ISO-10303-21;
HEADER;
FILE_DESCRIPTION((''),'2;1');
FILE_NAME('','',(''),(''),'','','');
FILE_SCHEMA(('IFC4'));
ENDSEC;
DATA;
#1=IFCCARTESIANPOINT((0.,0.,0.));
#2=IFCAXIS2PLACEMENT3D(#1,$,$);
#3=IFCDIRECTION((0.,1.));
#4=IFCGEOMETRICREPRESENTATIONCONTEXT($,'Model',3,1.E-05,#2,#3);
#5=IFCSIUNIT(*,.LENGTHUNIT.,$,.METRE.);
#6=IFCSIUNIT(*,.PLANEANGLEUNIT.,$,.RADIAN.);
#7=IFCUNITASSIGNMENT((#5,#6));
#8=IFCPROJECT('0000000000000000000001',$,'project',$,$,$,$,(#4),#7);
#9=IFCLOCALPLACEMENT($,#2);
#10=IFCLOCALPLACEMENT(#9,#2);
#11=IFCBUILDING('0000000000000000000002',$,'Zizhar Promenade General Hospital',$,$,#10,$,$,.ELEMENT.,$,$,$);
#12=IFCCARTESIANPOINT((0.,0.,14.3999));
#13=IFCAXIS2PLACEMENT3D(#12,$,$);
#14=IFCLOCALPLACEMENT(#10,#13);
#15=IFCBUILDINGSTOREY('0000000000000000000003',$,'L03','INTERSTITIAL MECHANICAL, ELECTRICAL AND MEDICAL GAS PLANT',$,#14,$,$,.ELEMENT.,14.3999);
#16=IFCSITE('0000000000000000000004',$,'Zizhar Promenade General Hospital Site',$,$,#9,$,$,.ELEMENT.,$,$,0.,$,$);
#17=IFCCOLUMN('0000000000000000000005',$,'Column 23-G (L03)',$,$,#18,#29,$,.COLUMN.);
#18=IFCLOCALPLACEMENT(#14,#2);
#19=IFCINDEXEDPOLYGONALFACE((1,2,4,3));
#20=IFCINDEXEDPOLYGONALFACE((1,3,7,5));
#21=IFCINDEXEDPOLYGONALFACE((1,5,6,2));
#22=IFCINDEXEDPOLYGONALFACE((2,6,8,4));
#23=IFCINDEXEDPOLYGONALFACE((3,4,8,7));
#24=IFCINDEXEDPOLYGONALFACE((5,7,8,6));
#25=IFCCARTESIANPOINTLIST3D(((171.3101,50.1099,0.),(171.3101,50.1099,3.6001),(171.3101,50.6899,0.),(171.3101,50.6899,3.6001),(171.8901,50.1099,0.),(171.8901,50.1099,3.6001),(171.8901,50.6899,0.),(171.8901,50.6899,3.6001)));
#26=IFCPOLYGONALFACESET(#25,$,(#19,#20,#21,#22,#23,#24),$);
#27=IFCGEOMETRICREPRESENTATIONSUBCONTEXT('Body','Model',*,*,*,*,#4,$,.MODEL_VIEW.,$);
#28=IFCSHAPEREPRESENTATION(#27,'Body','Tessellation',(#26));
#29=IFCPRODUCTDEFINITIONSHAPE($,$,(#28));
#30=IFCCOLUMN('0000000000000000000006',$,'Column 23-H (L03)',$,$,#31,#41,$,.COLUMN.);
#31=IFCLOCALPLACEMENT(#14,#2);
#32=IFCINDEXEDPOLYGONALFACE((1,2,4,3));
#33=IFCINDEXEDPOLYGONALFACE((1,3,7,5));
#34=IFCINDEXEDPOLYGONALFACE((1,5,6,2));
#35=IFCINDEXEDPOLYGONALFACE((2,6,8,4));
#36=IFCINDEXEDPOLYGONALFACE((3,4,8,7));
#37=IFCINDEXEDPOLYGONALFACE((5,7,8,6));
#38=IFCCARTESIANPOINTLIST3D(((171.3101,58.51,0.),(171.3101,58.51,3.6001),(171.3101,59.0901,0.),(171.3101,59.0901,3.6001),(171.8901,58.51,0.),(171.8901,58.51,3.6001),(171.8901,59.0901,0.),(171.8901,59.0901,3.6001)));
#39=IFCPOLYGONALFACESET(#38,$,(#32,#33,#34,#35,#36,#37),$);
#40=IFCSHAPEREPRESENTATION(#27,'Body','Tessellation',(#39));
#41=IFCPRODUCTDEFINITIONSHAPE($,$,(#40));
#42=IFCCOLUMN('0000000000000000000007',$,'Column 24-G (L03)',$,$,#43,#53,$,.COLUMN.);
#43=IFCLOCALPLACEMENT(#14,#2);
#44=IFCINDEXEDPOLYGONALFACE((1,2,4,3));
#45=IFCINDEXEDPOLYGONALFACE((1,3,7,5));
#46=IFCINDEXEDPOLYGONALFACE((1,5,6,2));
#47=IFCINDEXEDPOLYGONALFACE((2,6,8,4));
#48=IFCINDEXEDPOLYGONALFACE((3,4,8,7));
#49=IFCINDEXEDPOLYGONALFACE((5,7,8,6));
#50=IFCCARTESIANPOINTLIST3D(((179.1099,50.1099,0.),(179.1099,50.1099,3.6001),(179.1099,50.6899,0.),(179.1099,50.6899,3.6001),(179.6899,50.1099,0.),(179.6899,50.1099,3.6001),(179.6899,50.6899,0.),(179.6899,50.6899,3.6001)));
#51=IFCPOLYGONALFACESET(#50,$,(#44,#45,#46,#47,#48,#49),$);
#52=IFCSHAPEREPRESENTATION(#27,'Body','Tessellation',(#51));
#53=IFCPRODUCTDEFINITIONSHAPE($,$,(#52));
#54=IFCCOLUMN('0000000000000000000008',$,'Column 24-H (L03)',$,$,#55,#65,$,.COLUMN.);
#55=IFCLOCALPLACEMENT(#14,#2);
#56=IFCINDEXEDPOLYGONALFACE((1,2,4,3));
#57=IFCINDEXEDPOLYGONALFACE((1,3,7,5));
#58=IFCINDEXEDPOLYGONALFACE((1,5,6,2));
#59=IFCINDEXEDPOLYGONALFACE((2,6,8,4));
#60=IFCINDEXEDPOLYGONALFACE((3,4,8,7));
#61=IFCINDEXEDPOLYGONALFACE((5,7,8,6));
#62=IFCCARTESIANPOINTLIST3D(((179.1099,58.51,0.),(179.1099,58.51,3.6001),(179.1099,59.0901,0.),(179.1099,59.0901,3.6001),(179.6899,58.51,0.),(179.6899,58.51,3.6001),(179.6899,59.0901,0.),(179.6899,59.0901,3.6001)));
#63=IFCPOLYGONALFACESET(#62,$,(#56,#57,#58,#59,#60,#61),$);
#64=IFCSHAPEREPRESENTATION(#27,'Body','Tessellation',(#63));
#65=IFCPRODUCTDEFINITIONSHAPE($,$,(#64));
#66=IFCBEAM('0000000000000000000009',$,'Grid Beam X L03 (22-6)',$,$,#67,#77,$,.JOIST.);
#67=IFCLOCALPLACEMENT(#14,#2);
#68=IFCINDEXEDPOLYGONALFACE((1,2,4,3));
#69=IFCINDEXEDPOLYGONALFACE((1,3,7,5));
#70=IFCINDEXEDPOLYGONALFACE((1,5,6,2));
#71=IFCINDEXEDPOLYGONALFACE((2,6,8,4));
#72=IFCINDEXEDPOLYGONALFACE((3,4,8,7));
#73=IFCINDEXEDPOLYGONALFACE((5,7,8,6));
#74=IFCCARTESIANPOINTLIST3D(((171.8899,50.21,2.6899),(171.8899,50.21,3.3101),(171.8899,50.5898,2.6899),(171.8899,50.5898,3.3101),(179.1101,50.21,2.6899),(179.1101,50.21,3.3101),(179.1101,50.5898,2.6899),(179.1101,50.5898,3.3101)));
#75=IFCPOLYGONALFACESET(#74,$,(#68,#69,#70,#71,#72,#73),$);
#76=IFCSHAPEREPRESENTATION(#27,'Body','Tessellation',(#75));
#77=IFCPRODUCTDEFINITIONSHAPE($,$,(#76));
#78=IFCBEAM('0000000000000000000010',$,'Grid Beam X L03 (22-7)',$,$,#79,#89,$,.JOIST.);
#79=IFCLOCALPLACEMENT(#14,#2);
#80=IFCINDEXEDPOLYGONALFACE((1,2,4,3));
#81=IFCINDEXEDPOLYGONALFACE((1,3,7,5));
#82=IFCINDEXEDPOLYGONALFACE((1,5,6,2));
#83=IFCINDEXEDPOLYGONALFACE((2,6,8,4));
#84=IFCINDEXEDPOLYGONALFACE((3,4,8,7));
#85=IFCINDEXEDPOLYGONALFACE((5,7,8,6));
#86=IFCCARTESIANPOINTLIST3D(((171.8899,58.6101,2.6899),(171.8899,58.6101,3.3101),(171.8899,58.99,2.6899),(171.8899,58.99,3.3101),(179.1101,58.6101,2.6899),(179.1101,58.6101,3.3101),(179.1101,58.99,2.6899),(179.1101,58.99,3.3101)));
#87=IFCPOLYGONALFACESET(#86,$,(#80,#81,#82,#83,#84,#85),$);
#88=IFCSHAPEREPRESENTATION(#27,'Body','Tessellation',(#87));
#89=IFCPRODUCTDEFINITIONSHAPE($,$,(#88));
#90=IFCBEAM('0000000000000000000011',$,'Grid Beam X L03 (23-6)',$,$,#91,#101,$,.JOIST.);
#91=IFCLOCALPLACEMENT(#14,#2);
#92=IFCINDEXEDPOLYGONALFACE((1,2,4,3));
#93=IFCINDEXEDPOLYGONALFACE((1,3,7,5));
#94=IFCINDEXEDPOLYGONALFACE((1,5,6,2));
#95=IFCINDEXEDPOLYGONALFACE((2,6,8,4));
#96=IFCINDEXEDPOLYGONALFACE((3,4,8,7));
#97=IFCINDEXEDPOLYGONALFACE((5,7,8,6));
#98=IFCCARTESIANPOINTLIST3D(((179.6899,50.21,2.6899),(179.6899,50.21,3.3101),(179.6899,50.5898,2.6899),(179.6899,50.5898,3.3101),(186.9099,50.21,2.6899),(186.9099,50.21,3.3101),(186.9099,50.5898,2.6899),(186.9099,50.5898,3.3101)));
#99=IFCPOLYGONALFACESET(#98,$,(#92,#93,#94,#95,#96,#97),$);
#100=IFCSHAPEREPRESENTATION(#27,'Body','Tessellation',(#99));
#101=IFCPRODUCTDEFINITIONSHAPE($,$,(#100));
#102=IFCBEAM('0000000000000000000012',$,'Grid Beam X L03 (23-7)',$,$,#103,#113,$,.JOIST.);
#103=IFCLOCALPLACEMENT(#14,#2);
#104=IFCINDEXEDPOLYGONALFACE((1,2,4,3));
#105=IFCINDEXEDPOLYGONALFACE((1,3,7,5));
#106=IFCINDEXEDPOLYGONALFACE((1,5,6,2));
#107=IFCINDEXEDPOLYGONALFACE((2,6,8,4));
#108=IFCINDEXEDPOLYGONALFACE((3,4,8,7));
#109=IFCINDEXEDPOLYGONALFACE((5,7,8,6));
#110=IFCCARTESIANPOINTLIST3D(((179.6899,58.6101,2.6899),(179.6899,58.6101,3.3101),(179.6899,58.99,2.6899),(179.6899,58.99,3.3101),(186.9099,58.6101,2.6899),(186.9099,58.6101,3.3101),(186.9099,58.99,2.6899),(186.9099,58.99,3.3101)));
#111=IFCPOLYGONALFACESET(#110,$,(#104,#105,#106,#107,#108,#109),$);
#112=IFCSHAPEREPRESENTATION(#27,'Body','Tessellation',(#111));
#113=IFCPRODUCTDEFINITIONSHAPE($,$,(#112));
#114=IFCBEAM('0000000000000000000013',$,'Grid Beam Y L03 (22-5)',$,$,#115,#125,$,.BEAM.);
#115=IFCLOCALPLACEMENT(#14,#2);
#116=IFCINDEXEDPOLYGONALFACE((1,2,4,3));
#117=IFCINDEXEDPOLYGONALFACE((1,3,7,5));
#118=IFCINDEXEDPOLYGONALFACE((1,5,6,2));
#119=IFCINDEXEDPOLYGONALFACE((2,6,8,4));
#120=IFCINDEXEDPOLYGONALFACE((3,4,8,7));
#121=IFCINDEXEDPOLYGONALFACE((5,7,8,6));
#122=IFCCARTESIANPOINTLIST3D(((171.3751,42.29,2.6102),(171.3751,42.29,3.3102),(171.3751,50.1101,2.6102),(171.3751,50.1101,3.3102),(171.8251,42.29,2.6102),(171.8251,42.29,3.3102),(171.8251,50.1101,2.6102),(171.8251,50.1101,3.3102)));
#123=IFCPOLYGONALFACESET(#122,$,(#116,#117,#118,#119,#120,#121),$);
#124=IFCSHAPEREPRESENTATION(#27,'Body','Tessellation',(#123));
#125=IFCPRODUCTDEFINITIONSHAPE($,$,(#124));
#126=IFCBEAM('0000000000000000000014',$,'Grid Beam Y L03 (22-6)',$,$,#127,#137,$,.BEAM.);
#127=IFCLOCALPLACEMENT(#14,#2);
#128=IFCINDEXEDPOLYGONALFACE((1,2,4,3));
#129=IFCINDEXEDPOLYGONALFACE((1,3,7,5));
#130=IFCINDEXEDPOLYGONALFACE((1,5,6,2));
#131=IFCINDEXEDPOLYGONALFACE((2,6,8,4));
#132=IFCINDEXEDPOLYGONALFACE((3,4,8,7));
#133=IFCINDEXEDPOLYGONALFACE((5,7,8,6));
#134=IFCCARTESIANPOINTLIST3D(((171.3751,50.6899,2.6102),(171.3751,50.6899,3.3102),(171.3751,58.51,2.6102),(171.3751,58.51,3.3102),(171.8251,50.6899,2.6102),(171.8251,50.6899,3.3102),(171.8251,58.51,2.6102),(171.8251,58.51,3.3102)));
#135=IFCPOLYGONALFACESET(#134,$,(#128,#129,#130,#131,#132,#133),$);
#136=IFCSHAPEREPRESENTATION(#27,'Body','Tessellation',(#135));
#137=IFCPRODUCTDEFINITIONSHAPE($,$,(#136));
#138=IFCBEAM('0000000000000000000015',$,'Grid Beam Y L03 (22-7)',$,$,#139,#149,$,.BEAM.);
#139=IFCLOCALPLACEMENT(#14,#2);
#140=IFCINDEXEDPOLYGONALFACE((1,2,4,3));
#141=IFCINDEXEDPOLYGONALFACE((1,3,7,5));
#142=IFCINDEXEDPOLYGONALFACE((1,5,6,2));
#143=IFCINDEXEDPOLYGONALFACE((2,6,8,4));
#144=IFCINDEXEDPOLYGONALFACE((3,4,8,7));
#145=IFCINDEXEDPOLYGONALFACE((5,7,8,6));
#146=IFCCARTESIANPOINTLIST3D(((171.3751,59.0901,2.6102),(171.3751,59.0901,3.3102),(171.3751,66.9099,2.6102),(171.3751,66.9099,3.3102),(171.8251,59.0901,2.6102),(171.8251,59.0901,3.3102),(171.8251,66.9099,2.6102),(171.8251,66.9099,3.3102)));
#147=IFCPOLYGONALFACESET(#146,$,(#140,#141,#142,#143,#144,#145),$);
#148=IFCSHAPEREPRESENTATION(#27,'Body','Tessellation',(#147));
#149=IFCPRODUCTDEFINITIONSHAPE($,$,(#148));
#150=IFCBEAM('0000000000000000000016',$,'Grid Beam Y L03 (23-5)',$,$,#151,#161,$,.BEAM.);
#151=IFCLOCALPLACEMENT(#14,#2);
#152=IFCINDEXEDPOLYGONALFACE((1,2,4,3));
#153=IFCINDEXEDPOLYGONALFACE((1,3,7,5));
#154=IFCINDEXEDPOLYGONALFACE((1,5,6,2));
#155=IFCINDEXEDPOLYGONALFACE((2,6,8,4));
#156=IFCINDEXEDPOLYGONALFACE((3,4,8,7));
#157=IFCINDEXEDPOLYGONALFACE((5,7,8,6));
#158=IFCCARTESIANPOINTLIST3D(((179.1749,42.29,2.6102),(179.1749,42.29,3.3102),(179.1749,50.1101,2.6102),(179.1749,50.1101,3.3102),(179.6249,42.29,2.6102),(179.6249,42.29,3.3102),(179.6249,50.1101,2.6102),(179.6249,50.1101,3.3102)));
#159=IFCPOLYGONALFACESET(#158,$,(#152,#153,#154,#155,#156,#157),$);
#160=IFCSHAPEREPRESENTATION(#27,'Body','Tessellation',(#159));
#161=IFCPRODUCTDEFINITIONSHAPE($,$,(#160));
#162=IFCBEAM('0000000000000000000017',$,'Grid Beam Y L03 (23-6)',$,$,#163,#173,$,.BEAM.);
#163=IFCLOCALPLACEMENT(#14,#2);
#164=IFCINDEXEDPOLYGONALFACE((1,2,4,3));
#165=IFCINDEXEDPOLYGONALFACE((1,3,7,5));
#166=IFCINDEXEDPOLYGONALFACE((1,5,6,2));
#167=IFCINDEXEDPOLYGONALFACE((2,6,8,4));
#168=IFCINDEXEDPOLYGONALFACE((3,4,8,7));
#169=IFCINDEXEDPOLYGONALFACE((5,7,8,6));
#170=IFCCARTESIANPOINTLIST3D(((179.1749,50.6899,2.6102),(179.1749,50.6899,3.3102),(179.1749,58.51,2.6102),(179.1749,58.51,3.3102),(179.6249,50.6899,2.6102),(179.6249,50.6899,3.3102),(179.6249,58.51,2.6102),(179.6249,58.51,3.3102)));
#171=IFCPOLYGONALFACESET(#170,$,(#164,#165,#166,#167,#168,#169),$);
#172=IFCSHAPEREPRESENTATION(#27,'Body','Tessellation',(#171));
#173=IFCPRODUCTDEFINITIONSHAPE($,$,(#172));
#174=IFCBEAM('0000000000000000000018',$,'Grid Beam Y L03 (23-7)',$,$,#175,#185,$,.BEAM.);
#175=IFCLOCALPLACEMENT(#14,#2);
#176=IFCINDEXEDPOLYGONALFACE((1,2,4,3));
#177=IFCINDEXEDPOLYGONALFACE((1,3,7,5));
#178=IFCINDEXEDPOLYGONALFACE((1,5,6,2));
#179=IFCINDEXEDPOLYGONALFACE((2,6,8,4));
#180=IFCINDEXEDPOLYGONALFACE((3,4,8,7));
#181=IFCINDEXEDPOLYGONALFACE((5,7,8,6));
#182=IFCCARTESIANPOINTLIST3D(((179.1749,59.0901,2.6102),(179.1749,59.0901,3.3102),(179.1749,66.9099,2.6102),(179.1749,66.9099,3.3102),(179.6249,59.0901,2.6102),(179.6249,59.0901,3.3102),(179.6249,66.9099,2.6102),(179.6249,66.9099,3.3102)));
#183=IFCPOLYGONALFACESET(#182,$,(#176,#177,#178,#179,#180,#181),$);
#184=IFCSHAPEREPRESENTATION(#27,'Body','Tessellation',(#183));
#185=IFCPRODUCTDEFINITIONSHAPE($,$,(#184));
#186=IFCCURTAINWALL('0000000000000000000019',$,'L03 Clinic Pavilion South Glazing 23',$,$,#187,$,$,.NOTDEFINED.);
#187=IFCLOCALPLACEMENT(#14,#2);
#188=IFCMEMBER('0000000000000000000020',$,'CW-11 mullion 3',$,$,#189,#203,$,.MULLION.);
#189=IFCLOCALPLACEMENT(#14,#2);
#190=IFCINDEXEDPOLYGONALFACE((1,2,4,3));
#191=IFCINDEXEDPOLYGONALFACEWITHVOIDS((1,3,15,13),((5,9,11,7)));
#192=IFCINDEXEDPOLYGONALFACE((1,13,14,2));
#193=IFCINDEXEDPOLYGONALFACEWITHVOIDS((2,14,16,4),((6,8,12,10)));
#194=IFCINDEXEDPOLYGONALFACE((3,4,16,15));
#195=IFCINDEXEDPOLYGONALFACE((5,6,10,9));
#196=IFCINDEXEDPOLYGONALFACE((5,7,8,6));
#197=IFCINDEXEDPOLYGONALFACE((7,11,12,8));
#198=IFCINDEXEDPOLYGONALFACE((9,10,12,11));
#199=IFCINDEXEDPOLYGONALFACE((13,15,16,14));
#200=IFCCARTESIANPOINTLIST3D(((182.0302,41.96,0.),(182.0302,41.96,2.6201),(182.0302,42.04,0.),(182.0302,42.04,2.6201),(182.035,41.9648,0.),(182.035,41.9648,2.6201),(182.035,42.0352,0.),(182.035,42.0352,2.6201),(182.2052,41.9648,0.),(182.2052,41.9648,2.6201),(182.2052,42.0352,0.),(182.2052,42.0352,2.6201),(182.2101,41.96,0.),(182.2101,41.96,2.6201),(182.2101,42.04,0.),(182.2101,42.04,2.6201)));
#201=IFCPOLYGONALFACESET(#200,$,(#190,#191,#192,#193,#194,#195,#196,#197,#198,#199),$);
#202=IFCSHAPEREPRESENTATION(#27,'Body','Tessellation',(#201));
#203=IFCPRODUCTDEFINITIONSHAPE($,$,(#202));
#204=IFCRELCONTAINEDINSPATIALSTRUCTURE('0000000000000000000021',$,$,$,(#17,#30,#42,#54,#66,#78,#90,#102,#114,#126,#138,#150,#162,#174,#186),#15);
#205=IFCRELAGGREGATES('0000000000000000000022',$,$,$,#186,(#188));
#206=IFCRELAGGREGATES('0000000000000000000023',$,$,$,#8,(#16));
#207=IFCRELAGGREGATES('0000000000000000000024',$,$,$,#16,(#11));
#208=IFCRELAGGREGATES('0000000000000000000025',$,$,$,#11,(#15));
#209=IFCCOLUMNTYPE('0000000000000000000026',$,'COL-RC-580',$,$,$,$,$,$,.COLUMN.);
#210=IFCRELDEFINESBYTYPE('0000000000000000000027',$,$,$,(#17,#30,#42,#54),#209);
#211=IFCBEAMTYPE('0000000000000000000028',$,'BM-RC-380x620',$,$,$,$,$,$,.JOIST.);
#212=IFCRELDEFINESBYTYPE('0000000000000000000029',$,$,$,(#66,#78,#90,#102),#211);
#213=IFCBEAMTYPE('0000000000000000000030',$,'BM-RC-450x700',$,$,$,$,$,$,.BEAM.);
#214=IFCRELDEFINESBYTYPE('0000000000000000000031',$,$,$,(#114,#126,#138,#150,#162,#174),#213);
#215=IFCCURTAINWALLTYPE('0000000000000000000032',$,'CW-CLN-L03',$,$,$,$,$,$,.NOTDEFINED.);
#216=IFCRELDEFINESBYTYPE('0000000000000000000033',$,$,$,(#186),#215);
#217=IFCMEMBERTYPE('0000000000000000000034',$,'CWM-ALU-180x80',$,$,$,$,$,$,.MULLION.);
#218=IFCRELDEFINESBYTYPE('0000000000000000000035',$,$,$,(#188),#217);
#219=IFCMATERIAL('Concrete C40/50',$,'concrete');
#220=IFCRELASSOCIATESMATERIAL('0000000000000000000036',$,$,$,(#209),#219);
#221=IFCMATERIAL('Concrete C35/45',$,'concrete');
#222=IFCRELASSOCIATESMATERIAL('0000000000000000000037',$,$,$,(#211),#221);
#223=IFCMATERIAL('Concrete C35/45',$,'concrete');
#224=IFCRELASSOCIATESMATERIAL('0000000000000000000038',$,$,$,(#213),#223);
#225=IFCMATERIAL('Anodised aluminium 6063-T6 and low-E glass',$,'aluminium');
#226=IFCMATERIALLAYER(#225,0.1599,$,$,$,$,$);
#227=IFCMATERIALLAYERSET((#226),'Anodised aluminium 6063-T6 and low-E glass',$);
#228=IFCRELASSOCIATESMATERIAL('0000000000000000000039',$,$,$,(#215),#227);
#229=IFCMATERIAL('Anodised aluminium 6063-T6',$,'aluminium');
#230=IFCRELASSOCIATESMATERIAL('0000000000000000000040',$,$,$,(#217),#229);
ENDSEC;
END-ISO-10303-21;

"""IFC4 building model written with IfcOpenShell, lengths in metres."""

from ifc_helpers import new_model, si_unit, direction, frame, origin, origin_2d, place, context, subcontext, project, spatial, rectangle, hollow_rectangle, extrude, material, layer, layer_set, material_profile, profile_set, type_object, element, aggregate, save


model = new_model("IFC4")

# Units and contexts
model_context = context("Model", 3, precision=1e-05, world=origin(), true_north=direction((0.0, 1.0)))
body_context = subcontext(model_context, "Body", "Model", "MODEL_VIEW")
ifc_project = project(units=[si_unit("LENGTHUNIT", "METRE"), si_unit("PLANEANGLEUNIT", "RADIAN")], contexts=[model_context])

# Site, building, storey
site_placement = place(None, origin())
site = spatial("IfcSite", under=ifc_project, at=site_placement, Name="Zizhar Promenade General Hospital Site", CompositionType="ELEMENT", RefElevation=0.0)
building_placement = place(site_placement, origin())
building = spatial("IfcBuilding", under=site, at=building_placement, Name="Zizhar Promenade General Hospital", CompositionType="ELEMENT")
storey_placement = place(building_placement, frame((0.0, 0.0, 14.3999)))
storey = spatial("IfcBuildingStorey", under=building, at=storey_placement, Name="L03", Description="INTERSTITIAL MECHANICAL, ELECTRICAL AND MEDICAL GAS PLANT", CompositionType="ELEMENT", Elevation=14.3999)

# Columns
ifc_material_1 = material(Name="Concrete C40/50", Category="concrete")
ifc_material_profile_1 = material_profile(ifc_material_1, rectangle(XDim=0.5801, YDim=0.5801, at=origin_2d()))
ifc_profile_set_1 = profile_set([ifc_material_profile_1], Name="Concrete C40/50")
column_type = type_object("IfcColumnType", Name="COL-RC-580", PredefinedType="COLUMN", material=ifc_profile_set_1)
for number, where, z_axis, x_axis, name in (
    (1, (171.6001, 50.3999, 0.0), (0.0, 0.0, 1.0), (1.0, 0.0, 0.0), "Column 23-G (L03)"),
    (2, (171.6001, 58.8, 0.0), (0.0, 0.0, 1.0), (1.0, 0.0, 0.0), "Column 23-H (L03)"),
    (3, (179.3999, 50.3999, 0.0), (0.0, 0.0, 1.0), (1.0, 0.0, 0.0), "Column 24-G (L03)"),
    (4, (179.3999, 58.8, 0.0), (0.0, 0.0, 1.0), (1.0, 0.0, 0.0), "Column 24-H (L03)"),
):
    element("IfcColumn", number, at=place(storey_placement, frame(where, z_axis=z_axis, x_axis=x_axis)), inside=storey, type_object=column_type, Name=name, PredefinedType="COLUMN", context=body_context, shape_type="SweptSolid", body=[
        extrude(rectangle(XDim=0.5801, YDim=0.5801, at=origin_2d()), origin(), (0.0, 0.0, 1.0), 3.6001),
    ])

# Beams
ifc_material_2 = material(Name="Concrete C35/45", Category="concrete")
ifc_material_profile_2 = material_profile(ifc_material_2, rectangle(XDim=0.3799, YDim=0.6201, at=origin_2d()))
ifc_profile_set_2 = profile_set([ifc_material_profile_2], Name="Concrete C35/45")
beam_type_1 = type_object("IfcBeamType", Name="BM-RC-380x620", PredefinedType="JOIST", material=ifc_profile_set_2)
for number, where, z_axis, x_axis, name in (
    (5, (171.8899, 50.3999, 3.0), (1.0, 0.0, 0.0), (0.0, 1.0, 0.0), "Grid Beam X L03 (22-6)"),
    (6, (171.8899, 58.8, 3.0), (1.0, 0.0, 0.0), (0.0, 1.0, 0.0), "Grid Beam X L03 (22-7)"),
):
    element("IfcBeam", number, at=place(storey_placement, frame(where, z_axis=z_axis, x_axis=x_axis)), inside=storey, type_object=beam_type_1, Name=name, PredefinedType="JOIST", context=body_context, shape_type="SweptSolid", body=[
        extrude(rectangle(XDim=0.3799, YDim=0.6201, at=origin_2d()), origin(), (0.0, 0.0, 1.0), 7.2202),
    ])
for number, where, z_axis, x_axis, name in (
    (7, (179.6899, 50.3999, 3.0), (1.0, 0.0, 0.0), (0.0, 1.0, 0.0), "Grid Beam X L03 (23-6)"),
    (8, (179.6899, 58.8, 3.0), (1.0, 0.0, 0.0), (0.0, 1.0, 0.0), "Grid Beam X L03 (23-7)"),
):
    element("IfcBeam", number, at=place(storey_placement, frame(where, z_axis=z_axis, x_axis=x_axis)), inside=storey, type_object=beam_type_1, Name=name, PredefinedType="JOIST", context=body_context, shape_type="SweptSolid", body=[
        extrude(rectangle(XDim=0.3799, YDim=0.6201, at=origin_2d()), origin(), (0.0, 0.0, 1.0), 7.22),
    ])
ifc_material_3 = material(Name="Concrete C35/45", Category="concrete")
ifc_material_profile_3 = material_profile(ifc_material_3, rectangle(XDim=0.45, YDim=0.7, at=origin_2d()))
ifc_profile_set_3 = profile_set([ifc_material_profile_3], Name="Concrete C35/45")
beam_type_2 = type_object("IfcBeamType", Name="BM-RC-450x700", PredefinedType="BEAM", material=ifc_profile_set_3)
for number, where, z_axis, x_axis, name in (
    (9, (171.6001, 42.29, 2.9602), (0.0, 1.0, 0.0), (-1.0, 0.0, 0.0), "Grid Beam Y L03 (22-5)"),
    (10, (171.6001, 50.6899, 2.9602), (0.0, 1.0, 0.0), (-1.0, 0.0, 0.0), "Grid Beam Y L03 (22-6)"),
):
    element("IfcBeam", number, at=place(storey_placement, frame(where, z_axis=z_axis, x_axis=x_axis)), inside=storey, type_object=beam_type_2, Name=name, PredefinedType="BEAM", context=body_context, shape_type="SweptSolid", body=[
        extrude(rectangle(XDim=0.45, YDim=0.7, at=origin_2d()), origin(), (0.0, 0.0, 1.0), 7.8201),
    ])
beam_1_placement = place(storey_placement, frame((171.6001, 59.0901, 2.9602), z_axis=(0.0, 1.0, 0.0), x_axis=(-1.0, 0.0, 0.0)))
element("IfcBeam", 11, at=beam_1_placement, inside=storey, type_object=beam_type_2, Name="Grid Beam Y L03 (22-7)", PredefinedType="BEAM", context=body_context, shape_type="SweptSolid", body=[
    extrude(rectangle(XDim=0.45, YDim=0.7, at=origin_2d()), origin(), (0.0, 0.0, 1.0), 7.8198),
])
for number, where, z_axis, x_axis, name in (
    (12, (179.3999, 42.29, 2.9602), (0.0, 1.0, 0.0), (-1.0, 0.0, 0.0), "Grid Beam Y L03 (23-5)"),
    (13, (179.3999, 50.6899, 2.9602), (0.0, 1.0, 0.0), (-1.0, 0.0, 0.0), "Grid Beam Y L03 (23-6)"),
):
    element("IfcBeam", number, at=place(storey_placement, frame(where, z_axis=z_axis, x_axis=x_axis)), inside=storey, type_object=beam_type_2, Name=name, PredefinedType="BEAM", context=body_context, shape_type="SweptSolid", body=[
        extrude(rectangle(XDim=0.45, YDim=0.7, at=origin_2d()), origin(), (0.0, 0.0, 1.0), 7.8201),
    ])
beam_2_placement = place(storey_placement, frame((179.3999, 59.0901, 2.9602), z_axis=(0.0, 1.0, 0.0), x_axis=(-1.0, 0.0, 0.0)))
element("IfcBeam", 14, at=beam_2_placement, inside=storey, type_object=beam_type_2, Name="Grid Beam Y L03 (23-7)", PredefinedType="BEAM", context=body_context, shape_type="SweptSolid", body=[
    extrude(rectangle(XDim=0.45, YDim=0.7, at=origin_2d()), origin(), (0.0, 0.0, 1.0), 7.8198),
])

# Curtain wall, member
ifc_material_4 = material(Name="Anodised aluminium 6063-T6 and low-E glass", Category="aluminium")
ifc_layer_1 = layer(ifc_material_4, 0.1599)
ifc_layer_set_1 = layer_set([ifc_layer_1], Name="Anodised aluminium 6063-T6 and low-E glass")
curtain_wall_type = type_object("IfcCurtainWallType", Name="CW-CLN-L03", PredefinedType="NOTDEFINED", material=ifc_layer_set_1)
curtain_wall_placement = place(storey_placement, origin())
curtain_wall = element("IfcCurtainWall", 15, at=curtain_wall_placement, inside=storey, type_object=curtain_wall_type, Name="L03 Clinic Pavilion South Glazing 23", PredefinedType="NOTDEFINED")
ifc_material_5 = material(Name="Anodised aluminium 6063-T6", Category="aluminium")
ifc_material_profile_4 = material_profile(ifc_material_5, hollow_rectangle(XDim=0.0801, YDim=0.1799, WallThickness=0.0049, at=origin_2d()))
ifc_profile_set_4 = profile_set([ifc_material_profile_4], Name="Anodised aluminium 6063-T6")
member_type_1 = type_object("IfcMemberType", Name="CWM-ALU-180x80", PredefinedType="MULLION", material=ifc_profile_set_4)
member_1_placement = place(storey_placement, frame((182.1201, 42.0, 0.0), z_axis=(0.0, 0.0, 1.0), x_axis=(0.0, -1.0, 0.0)))
member_1 = element("IfcMember", 16, at=member_1_placement, type_object=member_type_1, Name="CW-11 mullion 3", PredefinedType="MULLION", context=body_context, shape_type="SweptSolid", body=[
    extrude(hollow_rectangle(XDim=0.0801, YDim=0.1799, WallThickness=0.0049, at=origin_2d()), origin(), (0.0, 0.0, 1.0), 2.6201),
])
aggregate(curtain_wall, [member_1])

save(model, "model.ifc")
